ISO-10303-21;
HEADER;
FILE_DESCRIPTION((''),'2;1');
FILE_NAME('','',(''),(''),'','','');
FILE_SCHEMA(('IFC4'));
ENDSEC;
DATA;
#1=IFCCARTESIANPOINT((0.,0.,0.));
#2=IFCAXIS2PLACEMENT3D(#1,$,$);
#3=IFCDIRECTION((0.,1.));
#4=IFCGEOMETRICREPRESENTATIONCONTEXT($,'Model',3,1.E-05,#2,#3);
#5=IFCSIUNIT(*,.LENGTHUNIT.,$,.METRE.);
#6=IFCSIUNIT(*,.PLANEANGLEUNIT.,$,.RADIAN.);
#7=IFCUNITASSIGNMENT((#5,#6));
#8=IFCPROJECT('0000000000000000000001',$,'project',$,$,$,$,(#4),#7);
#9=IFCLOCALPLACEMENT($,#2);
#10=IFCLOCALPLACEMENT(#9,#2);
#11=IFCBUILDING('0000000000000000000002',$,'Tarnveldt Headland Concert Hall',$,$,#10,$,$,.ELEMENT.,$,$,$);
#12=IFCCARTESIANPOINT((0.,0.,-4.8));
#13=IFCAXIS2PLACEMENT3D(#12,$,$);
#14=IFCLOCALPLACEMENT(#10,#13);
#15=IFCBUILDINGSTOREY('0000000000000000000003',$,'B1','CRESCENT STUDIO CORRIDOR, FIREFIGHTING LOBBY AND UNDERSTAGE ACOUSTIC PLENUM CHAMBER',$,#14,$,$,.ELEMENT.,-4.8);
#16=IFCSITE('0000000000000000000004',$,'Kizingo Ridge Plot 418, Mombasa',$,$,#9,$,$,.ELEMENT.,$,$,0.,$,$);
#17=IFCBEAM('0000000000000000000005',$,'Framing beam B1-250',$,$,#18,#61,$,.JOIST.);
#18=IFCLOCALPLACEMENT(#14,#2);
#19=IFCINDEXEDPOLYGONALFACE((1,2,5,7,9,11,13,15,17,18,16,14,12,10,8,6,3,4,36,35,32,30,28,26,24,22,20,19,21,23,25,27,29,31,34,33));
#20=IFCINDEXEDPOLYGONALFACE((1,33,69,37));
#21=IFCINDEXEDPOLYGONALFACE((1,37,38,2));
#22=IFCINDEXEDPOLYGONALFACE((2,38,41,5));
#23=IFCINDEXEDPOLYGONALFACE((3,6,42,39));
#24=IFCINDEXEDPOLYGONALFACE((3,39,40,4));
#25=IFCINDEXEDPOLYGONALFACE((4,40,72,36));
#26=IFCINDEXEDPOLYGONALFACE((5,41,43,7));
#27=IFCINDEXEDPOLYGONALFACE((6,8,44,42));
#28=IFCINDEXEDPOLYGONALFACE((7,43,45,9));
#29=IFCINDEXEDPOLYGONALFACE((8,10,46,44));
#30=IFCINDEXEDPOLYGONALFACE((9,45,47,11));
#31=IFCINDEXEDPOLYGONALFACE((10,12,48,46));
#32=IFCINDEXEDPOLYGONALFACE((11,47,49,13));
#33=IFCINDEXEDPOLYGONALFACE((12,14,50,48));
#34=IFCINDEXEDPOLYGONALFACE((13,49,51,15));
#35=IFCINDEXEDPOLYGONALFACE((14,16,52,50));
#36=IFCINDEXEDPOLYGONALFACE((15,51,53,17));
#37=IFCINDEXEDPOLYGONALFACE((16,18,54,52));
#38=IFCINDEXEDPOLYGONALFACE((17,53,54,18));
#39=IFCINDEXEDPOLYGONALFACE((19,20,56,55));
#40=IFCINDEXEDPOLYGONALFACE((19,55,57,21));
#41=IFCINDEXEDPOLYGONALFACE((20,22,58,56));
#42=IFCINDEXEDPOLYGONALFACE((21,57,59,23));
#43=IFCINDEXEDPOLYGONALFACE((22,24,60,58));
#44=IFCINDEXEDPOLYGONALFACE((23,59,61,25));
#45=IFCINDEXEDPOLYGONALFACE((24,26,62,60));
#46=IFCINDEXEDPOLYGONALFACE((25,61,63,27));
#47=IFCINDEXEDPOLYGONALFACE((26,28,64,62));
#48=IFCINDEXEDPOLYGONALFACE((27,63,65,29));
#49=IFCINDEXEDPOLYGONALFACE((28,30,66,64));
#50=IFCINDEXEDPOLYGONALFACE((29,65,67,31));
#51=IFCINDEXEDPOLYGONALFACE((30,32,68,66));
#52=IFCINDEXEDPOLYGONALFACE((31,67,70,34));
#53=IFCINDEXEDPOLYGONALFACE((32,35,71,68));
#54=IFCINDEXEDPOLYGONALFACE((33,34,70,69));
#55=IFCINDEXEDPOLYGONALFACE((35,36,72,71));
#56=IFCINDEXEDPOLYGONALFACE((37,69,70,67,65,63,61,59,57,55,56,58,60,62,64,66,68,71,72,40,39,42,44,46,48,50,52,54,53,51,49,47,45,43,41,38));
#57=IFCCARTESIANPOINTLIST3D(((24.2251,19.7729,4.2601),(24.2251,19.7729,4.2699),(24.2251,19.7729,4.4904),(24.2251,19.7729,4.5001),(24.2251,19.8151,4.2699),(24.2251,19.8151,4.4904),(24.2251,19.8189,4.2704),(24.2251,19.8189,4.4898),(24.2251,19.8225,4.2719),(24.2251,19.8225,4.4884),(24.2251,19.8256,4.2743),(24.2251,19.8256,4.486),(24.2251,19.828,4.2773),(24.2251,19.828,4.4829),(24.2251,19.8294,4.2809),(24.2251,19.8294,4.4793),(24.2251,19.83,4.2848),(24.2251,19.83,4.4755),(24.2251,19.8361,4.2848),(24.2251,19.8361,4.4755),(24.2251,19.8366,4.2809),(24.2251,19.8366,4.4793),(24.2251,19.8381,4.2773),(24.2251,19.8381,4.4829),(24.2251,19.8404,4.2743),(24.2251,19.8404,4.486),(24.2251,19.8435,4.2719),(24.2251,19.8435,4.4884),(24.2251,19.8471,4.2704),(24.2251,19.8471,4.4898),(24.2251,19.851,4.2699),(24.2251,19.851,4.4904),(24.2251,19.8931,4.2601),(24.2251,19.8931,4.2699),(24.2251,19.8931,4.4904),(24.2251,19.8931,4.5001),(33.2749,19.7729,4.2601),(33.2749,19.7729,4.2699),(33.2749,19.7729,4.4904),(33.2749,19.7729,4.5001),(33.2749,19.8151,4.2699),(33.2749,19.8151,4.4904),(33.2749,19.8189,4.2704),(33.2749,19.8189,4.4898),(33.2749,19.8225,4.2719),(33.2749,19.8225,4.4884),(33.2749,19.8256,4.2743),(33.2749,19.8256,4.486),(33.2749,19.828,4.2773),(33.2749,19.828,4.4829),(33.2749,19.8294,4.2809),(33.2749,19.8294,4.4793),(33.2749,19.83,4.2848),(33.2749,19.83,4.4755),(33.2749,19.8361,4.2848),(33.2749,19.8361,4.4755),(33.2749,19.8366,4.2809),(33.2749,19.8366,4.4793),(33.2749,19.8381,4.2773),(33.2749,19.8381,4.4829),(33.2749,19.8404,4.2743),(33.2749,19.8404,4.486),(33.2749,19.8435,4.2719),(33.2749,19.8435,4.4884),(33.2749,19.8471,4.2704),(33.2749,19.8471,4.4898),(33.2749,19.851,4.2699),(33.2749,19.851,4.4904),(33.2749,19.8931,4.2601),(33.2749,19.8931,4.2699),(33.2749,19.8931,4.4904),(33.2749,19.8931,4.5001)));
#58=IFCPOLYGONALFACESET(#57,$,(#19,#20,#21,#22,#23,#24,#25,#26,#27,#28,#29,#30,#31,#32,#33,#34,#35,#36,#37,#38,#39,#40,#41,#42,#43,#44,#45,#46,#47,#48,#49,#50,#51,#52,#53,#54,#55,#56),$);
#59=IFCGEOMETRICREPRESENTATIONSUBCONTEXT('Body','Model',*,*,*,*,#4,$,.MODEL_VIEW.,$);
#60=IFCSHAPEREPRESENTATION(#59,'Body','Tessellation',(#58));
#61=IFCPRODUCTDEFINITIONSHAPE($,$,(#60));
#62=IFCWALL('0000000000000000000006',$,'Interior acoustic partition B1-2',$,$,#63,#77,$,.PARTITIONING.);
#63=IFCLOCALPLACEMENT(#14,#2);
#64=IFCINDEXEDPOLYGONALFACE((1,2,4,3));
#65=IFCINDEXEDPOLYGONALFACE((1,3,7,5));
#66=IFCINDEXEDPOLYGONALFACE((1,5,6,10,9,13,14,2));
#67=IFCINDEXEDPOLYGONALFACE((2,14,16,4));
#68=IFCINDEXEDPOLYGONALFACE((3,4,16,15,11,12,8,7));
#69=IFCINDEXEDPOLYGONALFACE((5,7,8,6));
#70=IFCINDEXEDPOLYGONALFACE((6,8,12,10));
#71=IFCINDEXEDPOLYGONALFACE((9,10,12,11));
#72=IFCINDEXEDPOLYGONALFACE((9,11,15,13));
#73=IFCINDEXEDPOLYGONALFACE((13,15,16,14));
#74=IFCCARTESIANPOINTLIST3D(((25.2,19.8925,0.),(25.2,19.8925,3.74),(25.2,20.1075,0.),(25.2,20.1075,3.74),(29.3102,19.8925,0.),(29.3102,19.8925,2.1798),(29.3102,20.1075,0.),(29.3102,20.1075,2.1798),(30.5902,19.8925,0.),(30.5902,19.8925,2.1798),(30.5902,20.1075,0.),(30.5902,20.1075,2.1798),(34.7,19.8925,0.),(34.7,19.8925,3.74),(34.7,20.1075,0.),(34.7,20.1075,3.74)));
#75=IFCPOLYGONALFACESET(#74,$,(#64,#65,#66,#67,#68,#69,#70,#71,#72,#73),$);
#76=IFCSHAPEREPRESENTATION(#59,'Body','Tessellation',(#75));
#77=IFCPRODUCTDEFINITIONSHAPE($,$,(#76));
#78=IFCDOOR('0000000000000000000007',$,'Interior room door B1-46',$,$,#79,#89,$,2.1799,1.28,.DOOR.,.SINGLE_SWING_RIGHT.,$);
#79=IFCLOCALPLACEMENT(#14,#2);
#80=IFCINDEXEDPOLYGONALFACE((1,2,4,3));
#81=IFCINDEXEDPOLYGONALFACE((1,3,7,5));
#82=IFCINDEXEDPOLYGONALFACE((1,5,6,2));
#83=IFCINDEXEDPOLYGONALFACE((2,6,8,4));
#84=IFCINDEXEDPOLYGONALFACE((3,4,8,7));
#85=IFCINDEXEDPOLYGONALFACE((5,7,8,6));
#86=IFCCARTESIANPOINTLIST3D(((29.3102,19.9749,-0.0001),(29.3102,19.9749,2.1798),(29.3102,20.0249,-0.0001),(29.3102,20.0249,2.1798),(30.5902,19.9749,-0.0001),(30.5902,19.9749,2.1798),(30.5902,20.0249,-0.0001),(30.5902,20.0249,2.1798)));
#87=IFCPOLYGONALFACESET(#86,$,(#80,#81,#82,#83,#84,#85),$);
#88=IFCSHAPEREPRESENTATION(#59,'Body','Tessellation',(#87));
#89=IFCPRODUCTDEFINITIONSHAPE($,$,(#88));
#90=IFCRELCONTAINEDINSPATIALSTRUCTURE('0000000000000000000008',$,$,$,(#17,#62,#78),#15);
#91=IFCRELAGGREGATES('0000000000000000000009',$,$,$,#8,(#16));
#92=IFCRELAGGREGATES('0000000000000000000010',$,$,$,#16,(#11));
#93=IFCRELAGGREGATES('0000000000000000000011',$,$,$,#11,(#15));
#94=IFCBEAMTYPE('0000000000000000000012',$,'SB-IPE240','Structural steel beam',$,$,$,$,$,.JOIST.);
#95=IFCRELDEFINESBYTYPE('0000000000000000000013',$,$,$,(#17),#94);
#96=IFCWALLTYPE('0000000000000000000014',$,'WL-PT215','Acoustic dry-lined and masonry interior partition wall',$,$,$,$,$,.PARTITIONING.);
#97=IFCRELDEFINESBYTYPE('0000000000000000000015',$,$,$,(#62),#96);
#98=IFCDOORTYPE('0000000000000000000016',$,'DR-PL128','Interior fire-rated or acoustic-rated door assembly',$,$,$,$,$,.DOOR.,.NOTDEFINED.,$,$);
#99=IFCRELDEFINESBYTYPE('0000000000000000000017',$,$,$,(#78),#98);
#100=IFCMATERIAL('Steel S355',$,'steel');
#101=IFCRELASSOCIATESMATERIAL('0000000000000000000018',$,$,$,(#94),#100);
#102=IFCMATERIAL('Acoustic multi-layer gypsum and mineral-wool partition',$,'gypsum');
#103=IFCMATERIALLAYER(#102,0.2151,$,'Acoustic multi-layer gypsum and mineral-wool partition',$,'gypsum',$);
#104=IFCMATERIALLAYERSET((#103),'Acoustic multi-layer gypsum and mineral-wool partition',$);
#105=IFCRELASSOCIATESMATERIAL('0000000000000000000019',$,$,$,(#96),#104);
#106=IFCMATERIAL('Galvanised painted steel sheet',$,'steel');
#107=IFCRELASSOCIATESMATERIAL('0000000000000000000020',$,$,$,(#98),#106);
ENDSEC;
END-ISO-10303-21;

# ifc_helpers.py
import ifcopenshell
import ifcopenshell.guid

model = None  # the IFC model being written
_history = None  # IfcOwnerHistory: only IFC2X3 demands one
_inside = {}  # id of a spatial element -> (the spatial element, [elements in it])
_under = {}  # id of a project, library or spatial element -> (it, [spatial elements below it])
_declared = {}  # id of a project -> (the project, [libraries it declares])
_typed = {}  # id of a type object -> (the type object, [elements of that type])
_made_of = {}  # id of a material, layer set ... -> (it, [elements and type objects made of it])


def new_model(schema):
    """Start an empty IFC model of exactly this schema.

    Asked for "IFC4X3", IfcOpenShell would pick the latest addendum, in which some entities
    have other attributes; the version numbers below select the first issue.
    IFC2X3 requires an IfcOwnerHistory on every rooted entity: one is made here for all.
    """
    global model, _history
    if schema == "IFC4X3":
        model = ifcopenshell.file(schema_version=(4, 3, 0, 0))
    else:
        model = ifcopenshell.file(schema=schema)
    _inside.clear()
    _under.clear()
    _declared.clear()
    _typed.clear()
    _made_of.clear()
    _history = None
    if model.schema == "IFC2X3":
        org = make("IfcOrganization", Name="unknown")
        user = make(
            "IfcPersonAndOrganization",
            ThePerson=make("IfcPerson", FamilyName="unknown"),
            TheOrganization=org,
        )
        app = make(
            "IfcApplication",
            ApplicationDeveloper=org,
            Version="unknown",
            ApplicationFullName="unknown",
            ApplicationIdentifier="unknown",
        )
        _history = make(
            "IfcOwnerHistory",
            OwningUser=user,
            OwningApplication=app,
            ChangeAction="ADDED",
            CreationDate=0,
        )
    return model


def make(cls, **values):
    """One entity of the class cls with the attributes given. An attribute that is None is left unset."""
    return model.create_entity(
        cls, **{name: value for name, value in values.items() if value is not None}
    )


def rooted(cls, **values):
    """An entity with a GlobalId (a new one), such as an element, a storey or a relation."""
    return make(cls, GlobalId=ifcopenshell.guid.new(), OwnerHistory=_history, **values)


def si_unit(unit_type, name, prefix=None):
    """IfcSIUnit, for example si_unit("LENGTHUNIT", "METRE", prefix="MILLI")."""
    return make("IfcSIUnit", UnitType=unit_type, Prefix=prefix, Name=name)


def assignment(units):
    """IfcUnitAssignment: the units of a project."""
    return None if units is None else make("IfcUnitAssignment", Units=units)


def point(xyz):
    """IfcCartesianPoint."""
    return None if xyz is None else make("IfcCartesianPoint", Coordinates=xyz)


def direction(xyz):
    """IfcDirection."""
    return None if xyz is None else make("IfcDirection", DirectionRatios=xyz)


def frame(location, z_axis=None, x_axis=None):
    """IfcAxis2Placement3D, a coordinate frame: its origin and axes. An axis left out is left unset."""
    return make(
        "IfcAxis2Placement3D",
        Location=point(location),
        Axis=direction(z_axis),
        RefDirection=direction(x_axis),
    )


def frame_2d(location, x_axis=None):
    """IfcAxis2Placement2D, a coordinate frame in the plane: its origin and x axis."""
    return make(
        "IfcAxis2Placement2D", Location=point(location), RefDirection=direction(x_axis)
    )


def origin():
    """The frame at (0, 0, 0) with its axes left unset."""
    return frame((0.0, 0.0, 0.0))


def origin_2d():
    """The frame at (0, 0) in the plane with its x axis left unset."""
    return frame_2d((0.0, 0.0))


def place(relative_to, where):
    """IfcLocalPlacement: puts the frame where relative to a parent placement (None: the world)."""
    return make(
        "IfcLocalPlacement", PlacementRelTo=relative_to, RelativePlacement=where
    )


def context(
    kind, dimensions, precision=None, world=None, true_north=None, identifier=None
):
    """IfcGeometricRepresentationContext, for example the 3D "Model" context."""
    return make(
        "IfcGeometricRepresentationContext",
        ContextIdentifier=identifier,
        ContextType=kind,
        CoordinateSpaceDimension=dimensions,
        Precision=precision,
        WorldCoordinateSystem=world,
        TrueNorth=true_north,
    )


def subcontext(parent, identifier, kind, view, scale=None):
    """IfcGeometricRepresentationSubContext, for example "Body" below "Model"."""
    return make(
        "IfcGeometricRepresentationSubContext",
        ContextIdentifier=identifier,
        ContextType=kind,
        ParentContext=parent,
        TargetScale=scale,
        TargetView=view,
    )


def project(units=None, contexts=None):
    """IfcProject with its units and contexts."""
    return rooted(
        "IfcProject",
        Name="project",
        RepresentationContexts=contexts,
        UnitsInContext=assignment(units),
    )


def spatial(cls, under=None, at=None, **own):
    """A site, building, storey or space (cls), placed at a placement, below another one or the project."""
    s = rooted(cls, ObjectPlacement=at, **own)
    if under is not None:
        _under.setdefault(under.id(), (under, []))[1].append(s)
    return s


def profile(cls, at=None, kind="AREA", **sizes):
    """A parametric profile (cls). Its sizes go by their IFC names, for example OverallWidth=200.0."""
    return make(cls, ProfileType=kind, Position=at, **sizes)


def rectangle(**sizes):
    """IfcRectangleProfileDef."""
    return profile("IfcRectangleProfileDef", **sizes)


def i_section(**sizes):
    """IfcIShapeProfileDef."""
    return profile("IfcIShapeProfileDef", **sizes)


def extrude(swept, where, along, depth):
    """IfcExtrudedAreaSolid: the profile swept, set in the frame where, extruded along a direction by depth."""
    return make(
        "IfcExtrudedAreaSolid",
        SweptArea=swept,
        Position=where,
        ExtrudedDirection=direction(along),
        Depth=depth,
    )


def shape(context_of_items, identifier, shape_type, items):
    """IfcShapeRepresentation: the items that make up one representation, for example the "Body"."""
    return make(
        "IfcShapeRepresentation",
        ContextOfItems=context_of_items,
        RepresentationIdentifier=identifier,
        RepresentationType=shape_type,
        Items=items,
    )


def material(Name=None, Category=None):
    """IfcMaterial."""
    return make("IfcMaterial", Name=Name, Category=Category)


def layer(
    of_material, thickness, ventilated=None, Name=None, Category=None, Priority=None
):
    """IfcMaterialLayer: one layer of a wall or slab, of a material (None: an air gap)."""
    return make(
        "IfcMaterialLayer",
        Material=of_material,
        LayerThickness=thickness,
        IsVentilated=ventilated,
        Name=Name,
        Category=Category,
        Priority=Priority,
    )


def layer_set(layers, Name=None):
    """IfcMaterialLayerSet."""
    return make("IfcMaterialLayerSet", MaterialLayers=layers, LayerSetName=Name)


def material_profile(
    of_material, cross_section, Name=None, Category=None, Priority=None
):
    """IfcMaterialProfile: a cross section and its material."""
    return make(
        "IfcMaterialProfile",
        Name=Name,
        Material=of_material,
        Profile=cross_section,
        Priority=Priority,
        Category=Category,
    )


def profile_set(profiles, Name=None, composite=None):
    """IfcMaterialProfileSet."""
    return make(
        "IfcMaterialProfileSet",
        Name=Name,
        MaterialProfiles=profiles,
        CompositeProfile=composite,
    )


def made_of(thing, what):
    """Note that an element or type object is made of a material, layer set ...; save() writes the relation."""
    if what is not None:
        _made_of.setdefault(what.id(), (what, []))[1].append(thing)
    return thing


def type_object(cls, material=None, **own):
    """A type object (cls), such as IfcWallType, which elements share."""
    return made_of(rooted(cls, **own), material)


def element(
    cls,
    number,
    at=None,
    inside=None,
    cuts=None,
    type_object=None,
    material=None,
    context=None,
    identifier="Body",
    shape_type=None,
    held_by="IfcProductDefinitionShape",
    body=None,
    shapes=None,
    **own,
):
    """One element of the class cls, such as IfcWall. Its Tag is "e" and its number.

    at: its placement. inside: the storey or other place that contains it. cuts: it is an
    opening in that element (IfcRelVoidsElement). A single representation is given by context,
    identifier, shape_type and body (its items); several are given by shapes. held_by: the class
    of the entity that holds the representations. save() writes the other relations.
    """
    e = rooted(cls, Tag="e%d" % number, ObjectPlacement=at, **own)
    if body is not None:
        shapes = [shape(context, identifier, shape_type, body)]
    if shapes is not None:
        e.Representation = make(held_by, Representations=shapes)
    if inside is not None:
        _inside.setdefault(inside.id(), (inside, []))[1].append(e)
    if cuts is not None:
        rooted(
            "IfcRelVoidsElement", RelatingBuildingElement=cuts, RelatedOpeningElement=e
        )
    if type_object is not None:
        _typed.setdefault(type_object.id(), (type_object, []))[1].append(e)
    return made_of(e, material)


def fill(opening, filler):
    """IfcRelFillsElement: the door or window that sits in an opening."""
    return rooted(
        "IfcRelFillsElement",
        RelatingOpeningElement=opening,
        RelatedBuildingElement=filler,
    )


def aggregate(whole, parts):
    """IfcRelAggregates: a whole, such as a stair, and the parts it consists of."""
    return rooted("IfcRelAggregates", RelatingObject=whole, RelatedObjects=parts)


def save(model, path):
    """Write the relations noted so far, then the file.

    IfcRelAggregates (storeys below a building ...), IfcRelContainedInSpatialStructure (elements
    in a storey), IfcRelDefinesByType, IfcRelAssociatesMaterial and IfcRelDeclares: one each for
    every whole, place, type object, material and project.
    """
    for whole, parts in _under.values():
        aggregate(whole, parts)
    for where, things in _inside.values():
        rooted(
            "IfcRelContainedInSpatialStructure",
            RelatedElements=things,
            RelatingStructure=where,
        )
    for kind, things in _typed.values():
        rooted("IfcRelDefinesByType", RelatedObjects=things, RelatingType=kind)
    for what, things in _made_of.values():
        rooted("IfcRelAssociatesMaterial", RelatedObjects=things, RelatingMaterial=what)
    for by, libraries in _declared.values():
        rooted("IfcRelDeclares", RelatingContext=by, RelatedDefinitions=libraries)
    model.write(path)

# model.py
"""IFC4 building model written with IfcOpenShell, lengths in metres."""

from ifc_helpers import new_model, si_unit, direction, frame, frame_2d, origin, origin_2d, place, context, subcontext, project, spatial, rectangle, i_section, extrude, material, layer, layer_set, material_profile, profile_set, type_object, element, fill, save


model = new_model("IFC4")

# Units and contexts
model_context = context("Model", 3, precision=1e-05, world=origin(), true_north=direction((0.0, 1.0)))
body_context = subcontext(model_context, "Body", "Model", "MODEL_VIEW")
ifc_project = project(units=[si_unit("LENGTHUNIT", "METRE"), si_unit("PLANEANGLEUNIT", "RADIAN")], contexts=[model_context])

# Site, building, storey
site_placement = place(None, origin())
site = spatial("IfcSite", under=ifc_project, at=site_placement, Name="Kizingo Ridge Plot 418, Mombasa", CompositionType="ELEMENT", RefElevation=0.0)
building_placement = place(site_placement, origin())
building = spatial("IfcBuilding", under=site, at=building_placement, Name="Tarnveldt Headland Concert Hall", CompositionType="ELEMENT")
storey_placement = place(building_placement, frame((0.0, 0.0, -4.8)))
storey = spatial("IfcBuildingStorey", under=building, at=storey_placement, Name="B1", Description="CRESCENT STUDIO CORRIDOR, FIREFIGHTING LOBBY AND UNDERSTAGE ACOUSTIC PLENUM CHAMBER", CompositionType="ELEMENT", Elevation=-4.8)

# Shared definitions
ifc_material_1 = material(Name="Steel S355", Category="steel")

# Beam
ifc_material_profile_1 = material_profile(ifc_material_1, i_section(OverallWidth=0.1201, OverallDepth=0.24, WebThickness=0.0061, FlangeThickness=0.0098, FilletRadius=0.0149, at=origin_2d()), Name="IPE240", Category="steel")
ifc_profile_set_1 = profile_set([ifc_material_profile_1], Name="Steel S355")
beam_type_1 = type_object("IfcBeamType", Name="SB-IPE240", Description="Structural steel beam", PredefinedType="JOIST", material=ifc_profile_set_1)
for number, where, z_axis, x_axis, name in (
    (1, (24.2251, 19.833, 4.3801), (1.0, 0.0, 0.0), (0.0, 1.0, 0.0), "Framing beam B1-250"),
):
    element("IfcBeam", number, at=place(storey_placement, frame(where, z_axis=z_axis, x_axis=x_axis)), inside=storey, type_object=beam_type_1, Name=name, PredefinedType="JOIST", context=body_context, shape_type="SweptSolid", body=[
        extrude(i_section(OverallWidth=0.1201, OverallDepth=0.24, WebThickness=0.0061, FlangeThickness=0.0098, FilletRadius=0.0149, at=origin_2d()), origin(), (0.0, 0.0, 1.0), 9.0498),
    ])

# Wall, opening, door
ifc_material_2 = material(Name="Acoustic multi-layer gypsum and mineral-wool partition", Category="gypsum")
ifc_layer = layer(ifc_material_2, 0.2151, Name="Acoustic multi-layer gypsum and mineral-wool partition", Category="gypsum")
ifc_layer_set = layer_set([ifc_layer], Name="Acoustic multi-layer gypsum and mineral-wool partition")
wall_type = type_object("IfcWallType", Name="WL-PT215", Description="Acoustic dry-lined and masonry interior partition wall", PredefinedType="PARTITIONING", material=ifc_layer_set)
wall_placement = place(storey_placement, frame((25.2, 20.0, 0.0), z_axis=(0.0, 0.0, 1.0), x_axis=(1.0, 0.0, 0.0)))
wall = element("IfcWall", 2, at=wall_placement, inside=storey, type_object=wall_type, Name="Interior acoustic partition B1-2", PredefinedType="PARTITIONING", context=body_context, shape_type="SweptSolid", body=[
    extrude(rectangle(XDim=9.5, YDim=0.2151, at=frame_2d((4.75, 0.0))), origin(), (0.0, 0.0, 1.0), 3.74),
])
opening_placement = place(wall_placement, frame((4.1101, 0.0, 0.0)))
opening = element("IfcOpeningElement", 3, at=opening_placement, cuts=wall, PredefinedType="OPENING", context=body_context, shape_type="SweptSolid", body=[
    extrude(rectangle(XDim=1.28, YDim=2.1799, at=frame_2d((0.6401, 1.0898))), frame((0.0, 0.1174, 0.0), z_axis=(0.0, -1.0, 0.0), x_axis=(1.0, 0.0, 0.0)), (0.0, 0.0, 1.0), 0.2351),
])
ifc_material_3 = material(Name="Galvanised painted steel sheet", Category="steel")
door_type = type_object("IfcDoorType", Name="DR-PL128", Description="Interior fire-rated or acoustic-rated door assembly", OperationType="NOTDEFINED", PredefinedType="DOOR", material=ifc_material_3)
door_placement = place(opening_placement, origin())
door = element("IfcDoor", 4, at=door_placement, inside=storey, type_object=door_type, Name="Interior room door B1-46", OperationType="SINGLE_SWING_RIGHT", OverallHeight=2.1799, OverallWidth=1.28, PredefinedType="DOOR", context=body_context, shape_type="SweptSolid", body=[
    extrude(rectangle(XDim=1.28, YDim=2.1799, at=frame_2d((0.6401, 1.0898))), frame((0.0, 0.0249, 0.0), z_axis=(0.0, -1.0, 0.0), x_axis=(1.0, 0.0, 0.0)), (0.0, 0.0, 1.0), 0.05),
])
fill(opening, door)

save(model, "model.ifc")
